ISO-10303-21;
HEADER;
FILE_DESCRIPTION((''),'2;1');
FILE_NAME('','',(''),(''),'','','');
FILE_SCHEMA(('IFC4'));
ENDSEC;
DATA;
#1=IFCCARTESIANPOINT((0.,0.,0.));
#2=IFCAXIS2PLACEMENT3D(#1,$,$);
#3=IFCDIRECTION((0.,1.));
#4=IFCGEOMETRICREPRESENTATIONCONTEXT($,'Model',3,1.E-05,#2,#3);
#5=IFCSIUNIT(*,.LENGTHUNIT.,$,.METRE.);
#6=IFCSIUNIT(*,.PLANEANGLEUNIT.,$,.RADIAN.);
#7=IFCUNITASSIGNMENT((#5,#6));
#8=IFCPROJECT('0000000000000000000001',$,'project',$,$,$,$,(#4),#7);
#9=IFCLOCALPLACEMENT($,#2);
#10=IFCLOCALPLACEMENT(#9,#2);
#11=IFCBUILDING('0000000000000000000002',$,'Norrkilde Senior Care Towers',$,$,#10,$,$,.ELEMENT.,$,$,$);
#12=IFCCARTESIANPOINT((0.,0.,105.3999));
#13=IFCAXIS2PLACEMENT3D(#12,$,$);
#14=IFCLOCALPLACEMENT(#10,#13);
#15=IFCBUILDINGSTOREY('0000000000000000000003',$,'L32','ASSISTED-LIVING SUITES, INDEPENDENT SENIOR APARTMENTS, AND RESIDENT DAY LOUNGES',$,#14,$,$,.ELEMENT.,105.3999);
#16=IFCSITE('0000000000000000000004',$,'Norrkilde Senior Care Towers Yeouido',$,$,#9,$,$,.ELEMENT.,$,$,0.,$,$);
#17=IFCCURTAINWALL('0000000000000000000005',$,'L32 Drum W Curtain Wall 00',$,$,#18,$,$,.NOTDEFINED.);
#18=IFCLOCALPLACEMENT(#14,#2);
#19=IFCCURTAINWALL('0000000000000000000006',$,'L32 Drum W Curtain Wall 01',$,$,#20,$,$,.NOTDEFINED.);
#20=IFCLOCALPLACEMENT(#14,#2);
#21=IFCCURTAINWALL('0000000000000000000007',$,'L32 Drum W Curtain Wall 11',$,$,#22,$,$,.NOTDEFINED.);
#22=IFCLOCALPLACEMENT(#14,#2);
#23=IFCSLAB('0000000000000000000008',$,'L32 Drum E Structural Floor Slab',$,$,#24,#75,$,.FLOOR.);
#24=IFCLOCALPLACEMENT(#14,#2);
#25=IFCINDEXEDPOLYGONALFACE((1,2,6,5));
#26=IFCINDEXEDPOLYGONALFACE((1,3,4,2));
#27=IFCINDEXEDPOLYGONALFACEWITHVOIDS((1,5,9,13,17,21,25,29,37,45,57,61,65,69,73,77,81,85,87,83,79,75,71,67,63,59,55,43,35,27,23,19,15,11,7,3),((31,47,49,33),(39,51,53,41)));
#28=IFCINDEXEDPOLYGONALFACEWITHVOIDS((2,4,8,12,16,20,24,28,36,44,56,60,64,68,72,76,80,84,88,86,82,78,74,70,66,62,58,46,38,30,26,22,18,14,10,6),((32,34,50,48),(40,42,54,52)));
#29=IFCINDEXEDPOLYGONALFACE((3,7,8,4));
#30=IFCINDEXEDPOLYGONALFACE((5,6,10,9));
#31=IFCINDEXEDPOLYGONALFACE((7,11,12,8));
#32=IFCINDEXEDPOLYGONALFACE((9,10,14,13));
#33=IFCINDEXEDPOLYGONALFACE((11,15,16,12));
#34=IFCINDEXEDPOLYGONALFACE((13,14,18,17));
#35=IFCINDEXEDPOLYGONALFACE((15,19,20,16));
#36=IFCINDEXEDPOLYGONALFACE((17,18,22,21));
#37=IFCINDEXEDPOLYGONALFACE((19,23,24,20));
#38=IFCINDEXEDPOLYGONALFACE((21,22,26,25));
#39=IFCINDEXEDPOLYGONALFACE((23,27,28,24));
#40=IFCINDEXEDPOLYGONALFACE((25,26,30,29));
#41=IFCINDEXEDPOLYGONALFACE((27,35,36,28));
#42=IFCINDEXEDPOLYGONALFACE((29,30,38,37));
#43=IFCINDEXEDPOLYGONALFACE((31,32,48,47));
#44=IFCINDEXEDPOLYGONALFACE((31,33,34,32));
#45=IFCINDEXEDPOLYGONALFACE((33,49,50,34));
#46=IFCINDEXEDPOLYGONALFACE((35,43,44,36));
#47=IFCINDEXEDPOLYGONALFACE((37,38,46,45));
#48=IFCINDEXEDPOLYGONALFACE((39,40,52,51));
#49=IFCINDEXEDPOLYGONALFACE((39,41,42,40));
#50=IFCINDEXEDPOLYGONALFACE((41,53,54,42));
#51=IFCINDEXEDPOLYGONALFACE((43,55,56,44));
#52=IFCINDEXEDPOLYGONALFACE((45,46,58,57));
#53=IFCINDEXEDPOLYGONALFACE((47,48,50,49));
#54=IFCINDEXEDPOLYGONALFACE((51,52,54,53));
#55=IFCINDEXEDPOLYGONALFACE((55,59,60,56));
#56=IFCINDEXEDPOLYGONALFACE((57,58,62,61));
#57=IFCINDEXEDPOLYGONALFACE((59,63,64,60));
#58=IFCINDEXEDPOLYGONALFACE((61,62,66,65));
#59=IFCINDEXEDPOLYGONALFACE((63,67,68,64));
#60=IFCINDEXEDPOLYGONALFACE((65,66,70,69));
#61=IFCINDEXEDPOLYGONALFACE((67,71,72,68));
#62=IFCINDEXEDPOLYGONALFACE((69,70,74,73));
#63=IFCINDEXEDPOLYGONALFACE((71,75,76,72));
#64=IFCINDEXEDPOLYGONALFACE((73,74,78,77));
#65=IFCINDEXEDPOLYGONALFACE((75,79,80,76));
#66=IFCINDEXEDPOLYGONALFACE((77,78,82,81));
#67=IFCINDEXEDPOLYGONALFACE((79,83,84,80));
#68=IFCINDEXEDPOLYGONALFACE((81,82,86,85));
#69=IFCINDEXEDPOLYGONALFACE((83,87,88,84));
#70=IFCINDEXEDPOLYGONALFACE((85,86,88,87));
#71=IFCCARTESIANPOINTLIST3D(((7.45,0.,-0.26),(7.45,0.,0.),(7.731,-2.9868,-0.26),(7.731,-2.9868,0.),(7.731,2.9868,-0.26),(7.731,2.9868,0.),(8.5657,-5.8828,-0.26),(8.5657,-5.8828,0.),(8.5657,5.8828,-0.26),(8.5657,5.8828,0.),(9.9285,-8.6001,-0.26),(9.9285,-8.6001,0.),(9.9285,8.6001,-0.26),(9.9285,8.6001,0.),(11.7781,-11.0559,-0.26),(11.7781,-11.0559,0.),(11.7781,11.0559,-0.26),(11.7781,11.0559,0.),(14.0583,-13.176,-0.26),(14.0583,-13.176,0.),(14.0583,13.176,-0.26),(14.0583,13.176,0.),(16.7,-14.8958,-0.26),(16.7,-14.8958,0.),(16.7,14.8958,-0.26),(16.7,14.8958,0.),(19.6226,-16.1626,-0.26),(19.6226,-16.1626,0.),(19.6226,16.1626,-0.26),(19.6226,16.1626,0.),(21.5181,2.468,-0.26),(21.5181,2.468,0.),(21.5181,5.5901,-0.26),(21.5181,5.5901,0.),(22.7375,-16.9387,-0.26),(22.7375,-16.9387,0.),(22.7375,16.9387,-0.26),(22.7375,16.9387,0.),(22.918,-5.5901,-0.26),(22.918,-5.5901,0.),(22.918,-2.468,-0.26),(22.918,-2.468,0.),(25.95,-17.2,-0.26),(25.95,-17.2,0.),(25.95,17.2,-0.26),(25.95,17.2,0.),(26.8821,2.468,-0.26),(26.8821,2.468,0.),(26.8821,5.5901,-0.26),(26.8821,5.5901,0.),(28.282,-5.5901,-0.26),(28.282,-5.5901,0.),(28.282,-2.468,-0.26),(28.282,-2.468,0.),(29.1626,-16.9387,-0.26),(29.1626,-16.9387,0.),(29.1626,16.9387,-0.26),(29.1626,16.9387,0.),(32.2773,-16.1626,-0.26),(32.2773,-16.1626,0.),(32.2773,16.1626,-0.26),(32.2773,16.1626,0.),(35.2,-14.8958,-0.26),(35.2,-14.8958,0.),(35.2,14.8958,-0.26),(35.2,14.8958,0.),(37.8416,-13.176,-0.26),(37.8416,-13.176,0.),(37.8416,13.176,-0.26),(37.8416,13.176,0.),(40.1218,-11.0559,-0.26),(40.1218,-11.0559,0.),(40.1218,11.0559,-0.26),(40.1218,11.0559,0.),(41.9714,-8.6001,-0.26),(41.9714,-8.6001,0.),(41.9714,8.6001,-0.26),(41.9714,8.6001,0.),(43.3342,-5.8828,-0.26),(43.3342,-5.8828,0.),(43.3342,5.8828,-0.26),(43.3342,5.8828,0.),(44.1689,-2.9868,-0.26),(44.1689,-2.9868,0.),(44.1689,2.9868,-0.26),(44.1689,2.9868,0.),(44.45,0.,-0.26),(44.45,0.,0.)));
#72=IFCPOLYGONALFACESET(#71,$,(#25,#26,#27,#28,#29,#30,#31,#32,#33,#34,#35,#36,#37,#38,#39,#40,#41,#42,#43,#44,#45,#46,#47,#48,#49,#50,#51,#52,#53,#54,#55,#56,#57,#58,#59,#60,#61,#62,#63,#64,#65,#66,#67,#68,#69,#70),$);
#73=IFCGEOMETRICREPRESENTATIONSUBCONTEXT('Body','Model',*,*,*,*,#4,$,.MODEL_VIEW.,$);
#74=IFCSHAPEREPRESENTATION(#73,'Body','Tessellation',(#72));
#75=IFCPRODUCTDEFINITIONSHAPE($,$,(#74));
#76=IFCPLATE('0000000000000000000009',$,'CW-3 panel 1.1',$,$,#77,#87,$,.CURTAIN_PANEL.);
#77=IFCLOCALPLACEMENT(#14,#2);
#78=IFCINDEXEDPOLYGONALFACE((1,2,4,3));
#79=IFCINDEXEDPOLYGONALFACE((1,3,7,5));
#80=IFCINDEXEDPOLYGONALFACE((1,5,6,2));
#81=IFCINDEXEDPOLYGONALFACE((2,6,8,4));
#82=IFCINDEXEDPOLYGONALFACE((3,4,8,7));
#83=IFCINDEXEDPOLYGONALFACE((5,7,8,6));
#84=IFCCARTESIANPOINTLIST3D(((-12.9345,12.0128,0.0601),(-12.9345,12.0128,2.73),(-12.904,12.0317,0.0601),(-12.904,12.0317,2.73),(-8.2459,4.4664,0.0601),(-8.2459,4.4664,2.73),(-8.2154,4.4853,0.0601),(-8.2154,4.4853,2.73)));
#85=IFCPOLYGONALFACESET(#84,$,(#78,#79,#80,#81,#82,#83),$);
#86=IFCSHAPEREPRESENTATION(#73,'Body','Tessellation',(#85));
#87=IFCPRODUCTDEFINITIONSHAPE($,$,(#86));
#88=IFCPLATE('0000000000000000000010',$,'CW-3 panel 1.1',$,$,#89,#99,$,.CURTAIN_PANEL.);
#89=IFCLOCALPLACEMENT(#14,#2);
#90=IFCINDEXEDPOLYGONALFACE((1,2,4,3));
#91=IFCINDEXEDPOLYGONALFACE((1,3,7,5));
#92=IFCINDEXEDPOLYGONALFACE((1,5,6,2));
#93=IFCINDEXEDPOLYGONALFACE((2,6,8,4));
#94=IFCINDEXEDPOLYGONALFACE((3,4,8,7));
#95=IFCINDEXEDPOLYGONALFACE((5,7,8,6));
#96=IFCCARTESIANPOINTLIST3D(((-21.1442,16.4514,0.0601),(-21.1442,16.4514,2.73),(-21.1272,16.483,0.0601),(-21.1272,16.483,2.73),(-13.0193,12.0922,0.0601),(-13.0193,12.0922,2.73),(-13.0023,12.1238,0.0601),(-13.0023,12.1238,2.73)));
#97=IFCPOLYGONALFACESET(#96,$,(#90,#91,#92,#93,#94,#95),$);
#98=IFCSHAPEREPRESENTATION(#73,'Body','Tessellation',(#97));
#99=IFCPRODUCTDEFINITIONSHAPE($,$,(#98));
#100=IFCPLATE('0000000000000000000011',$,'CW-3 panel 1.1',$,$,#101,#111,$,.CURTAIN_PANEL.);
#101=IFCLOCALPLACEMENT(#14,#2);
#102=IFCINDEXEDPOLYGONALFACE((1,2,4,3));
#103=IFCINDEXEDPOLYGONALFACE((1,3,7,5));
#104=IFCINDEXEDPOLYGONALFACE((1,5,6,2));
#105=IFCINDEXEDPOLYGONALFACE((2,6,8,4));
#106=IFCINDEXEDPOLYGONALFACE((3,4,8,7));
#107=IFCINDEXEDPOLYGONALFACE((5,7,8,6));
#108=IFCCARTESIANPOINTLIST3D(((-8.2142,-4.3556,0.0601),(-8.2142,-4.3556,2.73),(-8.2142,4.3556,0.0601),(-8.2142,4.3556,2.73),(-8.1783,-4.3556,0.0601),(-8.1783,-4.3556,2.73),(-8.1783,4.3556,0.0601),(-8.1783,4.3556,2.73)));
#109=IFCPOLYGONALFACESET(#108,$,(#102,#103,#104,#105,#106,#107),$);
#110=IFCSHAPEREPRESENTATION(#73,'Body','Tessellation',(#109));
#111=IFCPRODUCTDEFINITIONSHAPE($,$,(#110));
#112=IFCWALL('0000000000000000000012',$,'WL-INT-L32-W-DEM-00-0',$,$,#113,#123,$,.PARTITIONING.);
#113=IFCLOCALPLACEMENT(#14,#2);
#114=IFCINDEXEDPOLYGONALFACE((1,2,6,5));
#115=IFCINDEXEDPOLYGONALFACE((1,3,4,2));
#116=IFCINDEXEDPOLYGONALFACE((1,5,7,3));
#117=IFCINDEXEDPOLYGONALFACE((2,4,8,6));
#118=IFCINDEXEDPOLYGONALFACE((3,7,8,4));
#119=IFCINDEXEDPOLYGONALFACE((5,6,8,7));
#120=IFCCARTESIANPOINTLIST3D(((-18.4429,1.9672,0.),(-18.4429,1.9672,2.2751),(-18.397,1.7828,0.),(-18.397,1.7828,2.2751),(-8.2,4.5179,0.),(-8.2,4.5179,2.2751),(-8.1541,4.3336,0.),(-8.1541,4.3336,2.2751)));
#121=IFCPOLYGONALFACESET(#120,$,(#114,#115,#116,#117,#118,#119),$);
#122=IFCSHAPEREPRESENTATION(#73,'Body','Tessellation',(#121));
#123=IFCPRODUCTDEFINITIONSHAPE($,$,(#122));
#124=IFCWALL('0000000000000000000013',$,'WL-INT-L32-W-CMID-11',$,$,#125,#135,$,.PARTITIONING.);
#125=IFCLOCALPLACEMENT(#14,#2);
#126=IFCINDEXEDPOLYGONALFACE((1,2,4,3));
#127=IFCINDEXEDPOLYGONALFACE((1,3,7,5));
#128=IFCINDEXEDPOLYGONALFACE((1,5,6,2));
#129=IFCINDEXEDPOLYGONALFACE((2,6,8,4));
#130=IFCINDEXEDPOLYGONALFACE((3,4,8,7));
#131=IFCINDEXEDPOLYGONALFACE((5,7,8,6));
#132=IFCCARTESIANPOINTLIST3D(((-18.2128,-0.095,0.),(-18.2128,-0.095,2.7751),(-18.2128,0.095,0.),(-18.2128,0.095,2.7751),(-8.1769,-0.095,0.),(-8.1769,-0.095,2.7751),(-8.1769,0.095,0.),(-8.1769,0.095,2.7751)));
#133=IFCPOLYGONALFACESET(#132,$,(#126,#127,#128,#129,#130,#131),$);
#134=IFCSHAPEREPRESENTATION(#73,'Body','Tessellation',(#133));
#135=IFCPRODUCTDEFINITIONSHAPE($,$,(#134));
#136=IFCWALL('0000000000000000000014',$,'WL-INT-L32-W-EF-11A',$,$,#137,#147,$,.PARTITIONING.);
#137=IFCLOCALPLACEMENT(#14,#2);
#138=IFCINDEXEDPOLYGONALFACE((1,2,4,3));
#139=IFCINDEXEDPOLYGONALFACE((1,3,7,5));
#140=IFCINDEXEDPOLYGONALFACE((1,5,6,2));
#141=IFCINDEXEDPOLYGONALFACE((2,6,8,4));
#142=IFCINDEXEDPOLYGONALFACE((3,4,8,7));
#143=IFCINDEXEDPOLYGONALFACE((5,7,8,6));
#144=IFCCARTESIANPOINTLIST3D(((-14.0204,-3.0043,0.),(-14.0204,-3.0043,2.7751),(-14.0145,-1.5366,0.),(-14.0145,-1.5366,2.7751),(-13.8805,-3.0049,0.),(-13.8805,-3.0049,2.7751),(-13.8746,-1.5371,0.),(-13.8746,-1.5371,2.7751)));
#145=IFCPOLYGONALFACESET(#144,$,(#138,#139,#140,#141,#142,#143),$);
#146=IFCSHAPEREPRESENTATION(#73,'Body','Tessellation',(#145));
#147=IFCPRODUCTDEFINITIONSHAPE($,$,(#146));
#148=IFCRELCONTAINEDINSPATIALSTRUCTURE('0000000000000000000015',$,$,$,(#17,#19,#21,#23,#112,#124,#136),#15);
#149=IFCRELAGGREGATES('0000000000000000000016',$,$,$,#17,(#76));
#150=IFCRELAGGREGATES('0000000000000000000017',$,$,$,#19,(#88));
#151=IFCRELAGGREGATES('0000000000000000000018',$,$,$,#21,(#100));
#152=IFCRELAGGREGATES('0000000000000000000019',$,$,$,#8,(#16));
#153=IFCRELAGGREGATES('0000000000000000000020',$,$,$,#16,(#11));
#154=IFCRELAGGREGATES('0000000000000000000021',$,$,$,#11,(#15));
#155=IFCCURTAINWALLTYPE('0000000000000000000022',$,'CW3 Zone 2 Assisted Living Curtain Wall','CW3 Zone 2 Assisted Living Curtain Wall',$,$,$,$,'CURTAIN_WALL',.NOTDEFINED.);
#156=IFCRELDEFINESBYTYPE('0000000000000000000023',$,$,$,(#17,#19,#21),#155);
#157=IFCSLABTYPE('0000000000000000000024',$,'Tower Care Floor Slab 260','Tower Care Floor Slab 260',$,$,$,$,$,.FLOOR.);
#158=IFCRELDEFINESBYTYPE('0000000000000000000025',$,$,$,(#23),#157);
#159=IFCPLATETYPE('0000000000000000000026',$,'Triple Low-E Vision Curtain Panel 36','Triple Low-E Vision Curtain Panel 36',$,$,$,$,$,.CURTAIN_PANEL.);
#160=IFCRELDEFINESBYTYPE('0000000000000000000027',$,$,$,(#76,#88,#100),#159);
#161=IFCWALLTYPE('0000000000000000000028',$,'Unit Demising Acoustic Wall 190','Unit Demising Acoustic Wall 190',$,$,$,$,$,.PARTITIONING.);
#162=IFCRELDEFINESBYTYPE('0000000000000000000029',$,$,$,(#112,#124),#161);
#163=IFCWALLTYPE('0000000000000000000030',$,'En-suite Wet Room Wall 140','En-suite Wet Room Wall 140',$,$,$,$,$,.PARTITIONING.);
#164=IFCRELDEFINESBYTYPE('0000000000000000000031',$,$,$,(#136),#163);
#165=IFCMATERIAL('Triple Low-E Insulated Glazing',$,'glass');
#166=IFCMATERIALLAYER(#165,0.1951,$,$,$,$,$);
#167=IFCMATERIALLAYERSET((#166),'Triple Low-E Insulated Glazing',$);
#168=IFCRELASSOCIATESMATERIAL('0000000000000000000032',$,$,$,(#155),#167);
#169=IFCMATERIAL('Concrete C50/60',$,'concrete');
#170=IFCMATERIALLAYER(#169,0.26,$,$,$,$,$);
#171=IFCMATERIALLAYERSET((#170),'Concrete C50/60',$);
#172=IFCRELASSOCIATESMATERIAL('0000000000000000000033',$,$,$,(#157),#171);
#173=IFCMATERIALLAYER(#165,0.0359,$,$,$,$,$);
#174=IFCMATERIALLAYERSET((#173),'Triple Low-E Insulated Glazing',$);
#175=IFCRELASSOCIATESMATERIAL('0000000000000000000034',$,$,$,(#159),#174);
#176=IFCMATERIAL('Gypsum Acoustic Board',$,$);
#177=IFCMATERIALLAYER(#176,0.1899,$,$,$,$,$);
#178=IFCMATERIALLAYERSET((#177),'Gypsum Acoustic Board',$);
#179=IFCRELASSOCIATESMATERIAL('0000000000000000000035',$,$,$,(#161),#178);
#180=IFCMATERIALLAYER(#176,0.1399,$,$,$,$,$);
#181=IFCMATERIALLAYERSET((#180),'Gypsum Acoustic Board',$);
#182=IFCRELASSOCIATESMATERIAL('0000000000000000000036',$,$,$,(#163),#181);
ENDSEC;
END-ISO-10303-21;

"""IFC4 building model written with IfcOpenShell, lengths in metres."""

from ifc_helpers import new_model, si_unit, direction, frame, frame_2d, origin, origin_2d, place, context, subcontext, project, spatial, polyline, rectangle, outline, extrude, source, transform, mapped, material, layer, layer_set, type_object, type_shapes, element, aggregate, save


model = new_model("IFC4")

# Units and contexts
model_context = context("Model", 3, precision=1e-05, world=origin(), true_north=direction((0.0, 1.0)))
body_context = subcontext(model_context, "Body", "Model", "MODEL_VIEW")
ifc_project = project(units=[si_unit("LENGTHUNIT", "METRE"), si_unit("PLANEANGLEUNIT", "RADIAN")], contexts=[model_context])

# Site, building, storey
site_placement = place(None, origin())
site = spatial("IfcSite", under=ifc_project, at=site_placement, Name="Norrkilde Senior Care Towers Yeouido", CompositionType="ELEMENT", RefElevation=0.0)
building_placement = place(site_placement, origin())
building = spatial("IfcBuilding", under=site, at=building_placement, Name="Norrkilde Senior Care Towers", CompositionType="ELEMENT")
storey_placement = place(building_placement, frame((0.0, 0.0, 105.3999)))
storey = spatial("IfcBuildingStorey", under=building, at=storey_placement, Name="L32", Description="ASSISTED-LIVING SUITES, INDEPENDENT SENIOR APARTMENTS, AND RESIDENT DAY LOUNGES", CompositionType="ELEMENT", Elevation=105.3999)

# Curtain wall
ifc_material_1 = material(Name="Triple Low-E Insulated Glazing", Category="glass")
ifc_layer_1 = layer(ifc_material_1, 0.1951)
ifc_layer_set_1 = layer_set([ifc_layer_1], Name="Triple Low-E Insulated Glazing")
curtain_wall_type = type_object("IfcCurtainWallType", Name="CW3 Zone 2 Assisted Living Curtain Wall", Description="CW3 Zone 2 Assisted Living Curtain Wall", ElementType="CURTAIN_WALL", PredefinedType="NOTDEFINED", material=ifc_layer_set_1)
curtain_wall_1_placement = place(storey_placement, origin())
curtain_wall_1 = element("IfcCurtainWall", 1, at=curtain_wall_1_placement, inside=storey, type_object=curtain_wall_type, Name="L32 Drum W Curtain Wall 00", PredefinedType="NOTDEFINED")

# Curtain walls
curtain_wall_2_placement = place(storey_placement, origin())
curtain_wall_2 = element("IfcCurtainWall", 2, at=curtain_wall_2_placement, inside=storey, type_object=curtain_wall_type, Name="L32 Drum W Curtain Wall 01", PredefinedType="NOTDEFINED")
curtain_wall_3_placement = place(storey_placement, origin())
curtain_wall_3 = element("IfcCurtainWall", 3, at=curtain_wall_3_placement, inside=storey, type_object=curtain_wall_type, Name="L32 Drum W Curtain Wall 11", PredefinedType="NOTDEFINED")

# Slab
ifc_material_2 = material(Name="Concrete C50/60", Category="concrete")
ifc_layer_2 = layer(ifc_material_2, 0.26)
ifc_layer_set_2 = layer_set([ifc_layer_2], Name="Concrete C50/60")
slab_type_1 = type_object("IfcSlabType", Name="Tower Care Floor Slab 260", Description="Tower Care Floor Slab 260", PredefinedType="FLOOR", material=ifc_layer_set_2)
slab_1_placement = place(storey_placement, frame((0.0, 0.0, -0.26)))
element("IfcSlab", 4, at=slab_1_placement, inside=storey, type_object=slab_type_1, Name="L32 Drum E Structural Floor Slab", PredefinedType="FLOOR", context=body_context, shape_type="SweptSolid", body=[
    extrude(outline(polyline([(43.3342, -5.8828), (41.9714, -8.6001), (40.1218, -11.0559), (37.8416, -13.176), (35.2, -14.8958), (32.2773, -16.1626), (29.1626, -16.9387), (25.95, -17.2), (22.7375, -16.9387), (19.6226, -16.1626), (16.7, -14.8958), (14.0583, -13.176), (11.7781, -11.0559), (9.9285, -8.6001), (8.5657, -5.8828), (7.731, -2.9868), (7.45, 0.0), (7.731, 2.9868), (8.5657, 5.8828), (9.9285, 8.6001), (11.7781, 11.0559), (14.0583, 13.176), (16.7, 14.8958), (19.6226, 16.1626), (22.7375, 16.9387), (25.95, 17.2), (29.1626, 16.9387), (32.2773, 16.1626), (35.2, 14.8958), (37.8416, 13.176), (40.1218, 11.0559), (41.9714, 8.6001), (43.3342, 5.8828), (44.1689, 2.9868), (44.45, 0.0), (44.1689, -2.9868), (43.3342, -5.8828)]), holes=[polyline([(21.5181, 2.468), (26.8821, 2.468), (26.8821, 5.5901), (21.5181, 5.5901), (21.5181, 2.468)]), polyline([(28.282, -5.5901), (28.282, -2.468), (22.918, -2.468), (22.918, -5.5901), (28.282, -5.5901)])]), origin(), (0.0, 0.0, 1.0), 0.26),
])

# Plates
ifc_layer_3 = layer(ifc_material_1, 0.0359)
ifc_layer_set_3 = layer_set([ifc_layer_3], Name="Triple Low-E Insulated Glazing")
plate_type = type_object("IfcPlateType", Name="Triple Low-E Vision Curtain Panel 36", Description="Triple Low-E Vision Curtain Panel 36", PredefinedType="CURTAIN_PANEL", material=ifc_layer_set_3)
shared_shape_1 = source(origin(), body_context, "Body", "SweptSolid", [
    extrude(rectangle(XDim=8.8843, YDim=0.0359, at=origin_2d()), origin(), (0.0, 0.0, 1.0), 2.6699),
])
plate_1_placement = place(storey_placement, frame((-10.575, 8.249, 0.0601), z_axis=(0.0, 0.0, 1.0), x_axis=(0.527733, -0.84941, 0.0)))
plate_1 = element("IfcPlate", 5, at=plate_1_placement, type_object=plate_type, Name="CW-3 panel 1.1", PredefinedType="CURTAIN_PANEL", context=body_context, shape_type="MappedRepresentation", body=[
    mapped(shared_shape_1, transform((0.0, 0.0, 0.0), x_axis=(1.0, 0.0, 0.0), y_axis=(0.0, 1.0, 0.0), z_axis=(0.0, 0.0, 1.0), scale=1.0)),
])
aggregate(curtain_wall_1, [plate_1])
shared_shape_2 = source(origin(), body_context, "Body", "SweptSolid", [
    extrude(rectangle(XDim=9.2205, YDim=0.0359, at=origin_2d()), origin(), (0.0, 0.0, 1.0), 2.6699),
])
plate_2_placement = place(storey_placement, frame((-17.0732, 14.2876, 0.0601), z_axis=(0.0, 0.0, 1.0), x_axis=(0.881186, -0.472769, 0.0)))
plate_2 = element("IfcPlate", 6, at=plate_2_placement, type_object=plate_type, Name="CW-3 panel 1.1", PredefinedType="CURTAIN_PANEL", context=body_context, shape_type="MappedRepresentation", body=[
    mapped(shared_shape_2, transform((0.0, 0.0, 0.0), x_axis=(1.0, 0.0, 0.0), y_axis=(0.0, 1.0, 0.0), z_axis=(0.0, 0.0, 1.0), scale=1.0)),
])
aggregate(curtain_wall_2, [plate_2])
shared_shape_3 = source(origin(), body_context, "Body", "SweptSolid", [
    extrude(rectangle(XDim=8.7112, YDim=0.0359, at=origin_2d()), origin(), (0.0, 0.0, 1.0), 2.6699),
])
type_shapes(plate_type, [shared_shape_1, shared_shape_2, shared_shape_3])
plate_3_placement = place(storey_placement, frame((-8.1963, 0.0, 0.0601), z_axis=(0.0, 0.0, 1.0), x_axis=(0.0, -1.0, 0.0)))
plate_3 = element("IfcPlate", 7, at=plate_3_placement, type_object=plate_type, Name="CW-3 panel 1.1", PredefinedType="CURTAIN_PANEL", context=body_context, shape_type="MappedRepresentation", body=[
    mapped(shared_shape_3, transform((0.0, 0.0, 0.0), x_axis=(1.0, 0.0, 0.0), y_axis=(0.0, 1.0, 0.0), z_axis=(0.0, 0.0, 1.0), scale=1.0)),
])
aggregate(curtain_wall_3, [plate_3])

# Walls
ifc_material_3 = material(Name="Gypsum Acoustic Board")
ifc_layer_4 = layer(ifc_material_3, 0.1899)
ifc_layer_set_4 = layer_set([ifc_layer_4], Name="Gypsum Acoustic Board")
wall_type_1 = type_object("IfcWallType", Name="Unit Demising Acoustic Wall 190", Description="Unit Demising Acoustic Wall 190", PredefinedType="PARTITIONING", material=ifc_layer_set_4)
shared_shape_4 = source(origin(), body_context, "Body", "SweptSolid", [
    extrude(rectangle(XDim=10.5557, YDim=0.1899, at=frame_2d((5.2778, 0.0))), origin(), (0.0, 0.0, 1.0), 2.2751),
])
wall_1_placement = place(storey_placement, frame((-18.4199, 1.875, 0.0), z_axis=(0.0, 0.0, 1.0), x_axis=(0.970364, 0.241648, 0.0)))
element("IfcWall", 8, at=wall_1_placement, inside=storey, type_object=wall_type_1, Name="WL-INT-L32-W-DEM-00-0", PredefinedType="PARTITIONING", context=body_context, shape_type="MappedRepresentation", body=[
    mapped(shared_shape_4, transform((0.0, 0.0, 0.0), x_axis=(1.0, 0.0, 0.0), y_axis=(0.0, 1.0, 0.0), z_axis=(0.0, 0.0, 1.0), scale=1.0)),
])
shared_shape_5 = source(origin(), body_context, "Body", "SweptSolid", [
    extrude(rectangle(XDim=10.0359, YDim=0.1899, at=frame_2d((5.0181, 0.0))), origin(), (0.0, 0.0, 1.0), 2.7751),
])
type_shapes(wall_type_1, [shared_shape_4, shared_shape_5])
wall_2_placement = place(storey_placement, frame((-18.2129, 0.0, 0.0), z_axis=(0.0, 0.0, 1.0), x_axis=(1.0, 0.0, 0.0)))
element("IfcWall", 9, at=wall_2_placement, inside=storey, type_object=wall_type_1, Name="WL-INT-L32-W-CMID-11", PredefinedType="PARTITIONING", context=body_context, shape_type="MappedRepresentation", body=[
    mapped(shared_shape_5, transform((0.0, 0.0, 0.0), x_axis=(1.0, 0.0, 0.0), y_axis=(0.0, 1.0, 0.0), z_axis=(0.0, 0.0, 1.0), scale=1.0)),
])
ifc_layer_5 = layer(ifc_material_3, 0.1399)
ifc_layer_set_5 = layer_set([ifc_layer_5], Name="Gypsum Acoustic Board")
wall_type_2 = type_object("IfcWallType", Name="En-suite Wet Room Wall 140", Description="En-suite Wet Room Wall 140", PredefinedType="PARTITIONING", material=ifc_layer_set_5)
shared_shape_6 = source(origin(), body_context, "Body", "SweptSolid", [
    extrude(rectangle(XDim=1.4678, YDim=0.1399, at=frame_2d((0.7339, 0.0))), origin(), (0.0, 0.0, 1.0), 2.7751),
])
type_shapes(wall_type_2, [shared_shape_6])
wall_3_placement = place(storey_placement, frame((-13.9446, -1.5369, 0.0), z_axis=(0.0, 0.0, 1.0), x_axis=(-0.003992, -0.999992, 0.0)))
element("IfcWall", 10, at=wall_3_placement, inside=storey, type_object=wall_type_2, Name="WL-INT-L32-W-EF-11A", PredefinedType="PARTITIONING", context=body_context, shape_type="MappedRepresentation", body=[
    mapped(shared_shape_6, transform((0.0, 0.0, 0.0), x_axis=(1.0, 0.0, 0.0), y_axis=(0.0, 1.0, 0.0), z_axis=(0.0, 0.0, 1.0), scale=1.0)),
])

save(model, "model.ifc")
